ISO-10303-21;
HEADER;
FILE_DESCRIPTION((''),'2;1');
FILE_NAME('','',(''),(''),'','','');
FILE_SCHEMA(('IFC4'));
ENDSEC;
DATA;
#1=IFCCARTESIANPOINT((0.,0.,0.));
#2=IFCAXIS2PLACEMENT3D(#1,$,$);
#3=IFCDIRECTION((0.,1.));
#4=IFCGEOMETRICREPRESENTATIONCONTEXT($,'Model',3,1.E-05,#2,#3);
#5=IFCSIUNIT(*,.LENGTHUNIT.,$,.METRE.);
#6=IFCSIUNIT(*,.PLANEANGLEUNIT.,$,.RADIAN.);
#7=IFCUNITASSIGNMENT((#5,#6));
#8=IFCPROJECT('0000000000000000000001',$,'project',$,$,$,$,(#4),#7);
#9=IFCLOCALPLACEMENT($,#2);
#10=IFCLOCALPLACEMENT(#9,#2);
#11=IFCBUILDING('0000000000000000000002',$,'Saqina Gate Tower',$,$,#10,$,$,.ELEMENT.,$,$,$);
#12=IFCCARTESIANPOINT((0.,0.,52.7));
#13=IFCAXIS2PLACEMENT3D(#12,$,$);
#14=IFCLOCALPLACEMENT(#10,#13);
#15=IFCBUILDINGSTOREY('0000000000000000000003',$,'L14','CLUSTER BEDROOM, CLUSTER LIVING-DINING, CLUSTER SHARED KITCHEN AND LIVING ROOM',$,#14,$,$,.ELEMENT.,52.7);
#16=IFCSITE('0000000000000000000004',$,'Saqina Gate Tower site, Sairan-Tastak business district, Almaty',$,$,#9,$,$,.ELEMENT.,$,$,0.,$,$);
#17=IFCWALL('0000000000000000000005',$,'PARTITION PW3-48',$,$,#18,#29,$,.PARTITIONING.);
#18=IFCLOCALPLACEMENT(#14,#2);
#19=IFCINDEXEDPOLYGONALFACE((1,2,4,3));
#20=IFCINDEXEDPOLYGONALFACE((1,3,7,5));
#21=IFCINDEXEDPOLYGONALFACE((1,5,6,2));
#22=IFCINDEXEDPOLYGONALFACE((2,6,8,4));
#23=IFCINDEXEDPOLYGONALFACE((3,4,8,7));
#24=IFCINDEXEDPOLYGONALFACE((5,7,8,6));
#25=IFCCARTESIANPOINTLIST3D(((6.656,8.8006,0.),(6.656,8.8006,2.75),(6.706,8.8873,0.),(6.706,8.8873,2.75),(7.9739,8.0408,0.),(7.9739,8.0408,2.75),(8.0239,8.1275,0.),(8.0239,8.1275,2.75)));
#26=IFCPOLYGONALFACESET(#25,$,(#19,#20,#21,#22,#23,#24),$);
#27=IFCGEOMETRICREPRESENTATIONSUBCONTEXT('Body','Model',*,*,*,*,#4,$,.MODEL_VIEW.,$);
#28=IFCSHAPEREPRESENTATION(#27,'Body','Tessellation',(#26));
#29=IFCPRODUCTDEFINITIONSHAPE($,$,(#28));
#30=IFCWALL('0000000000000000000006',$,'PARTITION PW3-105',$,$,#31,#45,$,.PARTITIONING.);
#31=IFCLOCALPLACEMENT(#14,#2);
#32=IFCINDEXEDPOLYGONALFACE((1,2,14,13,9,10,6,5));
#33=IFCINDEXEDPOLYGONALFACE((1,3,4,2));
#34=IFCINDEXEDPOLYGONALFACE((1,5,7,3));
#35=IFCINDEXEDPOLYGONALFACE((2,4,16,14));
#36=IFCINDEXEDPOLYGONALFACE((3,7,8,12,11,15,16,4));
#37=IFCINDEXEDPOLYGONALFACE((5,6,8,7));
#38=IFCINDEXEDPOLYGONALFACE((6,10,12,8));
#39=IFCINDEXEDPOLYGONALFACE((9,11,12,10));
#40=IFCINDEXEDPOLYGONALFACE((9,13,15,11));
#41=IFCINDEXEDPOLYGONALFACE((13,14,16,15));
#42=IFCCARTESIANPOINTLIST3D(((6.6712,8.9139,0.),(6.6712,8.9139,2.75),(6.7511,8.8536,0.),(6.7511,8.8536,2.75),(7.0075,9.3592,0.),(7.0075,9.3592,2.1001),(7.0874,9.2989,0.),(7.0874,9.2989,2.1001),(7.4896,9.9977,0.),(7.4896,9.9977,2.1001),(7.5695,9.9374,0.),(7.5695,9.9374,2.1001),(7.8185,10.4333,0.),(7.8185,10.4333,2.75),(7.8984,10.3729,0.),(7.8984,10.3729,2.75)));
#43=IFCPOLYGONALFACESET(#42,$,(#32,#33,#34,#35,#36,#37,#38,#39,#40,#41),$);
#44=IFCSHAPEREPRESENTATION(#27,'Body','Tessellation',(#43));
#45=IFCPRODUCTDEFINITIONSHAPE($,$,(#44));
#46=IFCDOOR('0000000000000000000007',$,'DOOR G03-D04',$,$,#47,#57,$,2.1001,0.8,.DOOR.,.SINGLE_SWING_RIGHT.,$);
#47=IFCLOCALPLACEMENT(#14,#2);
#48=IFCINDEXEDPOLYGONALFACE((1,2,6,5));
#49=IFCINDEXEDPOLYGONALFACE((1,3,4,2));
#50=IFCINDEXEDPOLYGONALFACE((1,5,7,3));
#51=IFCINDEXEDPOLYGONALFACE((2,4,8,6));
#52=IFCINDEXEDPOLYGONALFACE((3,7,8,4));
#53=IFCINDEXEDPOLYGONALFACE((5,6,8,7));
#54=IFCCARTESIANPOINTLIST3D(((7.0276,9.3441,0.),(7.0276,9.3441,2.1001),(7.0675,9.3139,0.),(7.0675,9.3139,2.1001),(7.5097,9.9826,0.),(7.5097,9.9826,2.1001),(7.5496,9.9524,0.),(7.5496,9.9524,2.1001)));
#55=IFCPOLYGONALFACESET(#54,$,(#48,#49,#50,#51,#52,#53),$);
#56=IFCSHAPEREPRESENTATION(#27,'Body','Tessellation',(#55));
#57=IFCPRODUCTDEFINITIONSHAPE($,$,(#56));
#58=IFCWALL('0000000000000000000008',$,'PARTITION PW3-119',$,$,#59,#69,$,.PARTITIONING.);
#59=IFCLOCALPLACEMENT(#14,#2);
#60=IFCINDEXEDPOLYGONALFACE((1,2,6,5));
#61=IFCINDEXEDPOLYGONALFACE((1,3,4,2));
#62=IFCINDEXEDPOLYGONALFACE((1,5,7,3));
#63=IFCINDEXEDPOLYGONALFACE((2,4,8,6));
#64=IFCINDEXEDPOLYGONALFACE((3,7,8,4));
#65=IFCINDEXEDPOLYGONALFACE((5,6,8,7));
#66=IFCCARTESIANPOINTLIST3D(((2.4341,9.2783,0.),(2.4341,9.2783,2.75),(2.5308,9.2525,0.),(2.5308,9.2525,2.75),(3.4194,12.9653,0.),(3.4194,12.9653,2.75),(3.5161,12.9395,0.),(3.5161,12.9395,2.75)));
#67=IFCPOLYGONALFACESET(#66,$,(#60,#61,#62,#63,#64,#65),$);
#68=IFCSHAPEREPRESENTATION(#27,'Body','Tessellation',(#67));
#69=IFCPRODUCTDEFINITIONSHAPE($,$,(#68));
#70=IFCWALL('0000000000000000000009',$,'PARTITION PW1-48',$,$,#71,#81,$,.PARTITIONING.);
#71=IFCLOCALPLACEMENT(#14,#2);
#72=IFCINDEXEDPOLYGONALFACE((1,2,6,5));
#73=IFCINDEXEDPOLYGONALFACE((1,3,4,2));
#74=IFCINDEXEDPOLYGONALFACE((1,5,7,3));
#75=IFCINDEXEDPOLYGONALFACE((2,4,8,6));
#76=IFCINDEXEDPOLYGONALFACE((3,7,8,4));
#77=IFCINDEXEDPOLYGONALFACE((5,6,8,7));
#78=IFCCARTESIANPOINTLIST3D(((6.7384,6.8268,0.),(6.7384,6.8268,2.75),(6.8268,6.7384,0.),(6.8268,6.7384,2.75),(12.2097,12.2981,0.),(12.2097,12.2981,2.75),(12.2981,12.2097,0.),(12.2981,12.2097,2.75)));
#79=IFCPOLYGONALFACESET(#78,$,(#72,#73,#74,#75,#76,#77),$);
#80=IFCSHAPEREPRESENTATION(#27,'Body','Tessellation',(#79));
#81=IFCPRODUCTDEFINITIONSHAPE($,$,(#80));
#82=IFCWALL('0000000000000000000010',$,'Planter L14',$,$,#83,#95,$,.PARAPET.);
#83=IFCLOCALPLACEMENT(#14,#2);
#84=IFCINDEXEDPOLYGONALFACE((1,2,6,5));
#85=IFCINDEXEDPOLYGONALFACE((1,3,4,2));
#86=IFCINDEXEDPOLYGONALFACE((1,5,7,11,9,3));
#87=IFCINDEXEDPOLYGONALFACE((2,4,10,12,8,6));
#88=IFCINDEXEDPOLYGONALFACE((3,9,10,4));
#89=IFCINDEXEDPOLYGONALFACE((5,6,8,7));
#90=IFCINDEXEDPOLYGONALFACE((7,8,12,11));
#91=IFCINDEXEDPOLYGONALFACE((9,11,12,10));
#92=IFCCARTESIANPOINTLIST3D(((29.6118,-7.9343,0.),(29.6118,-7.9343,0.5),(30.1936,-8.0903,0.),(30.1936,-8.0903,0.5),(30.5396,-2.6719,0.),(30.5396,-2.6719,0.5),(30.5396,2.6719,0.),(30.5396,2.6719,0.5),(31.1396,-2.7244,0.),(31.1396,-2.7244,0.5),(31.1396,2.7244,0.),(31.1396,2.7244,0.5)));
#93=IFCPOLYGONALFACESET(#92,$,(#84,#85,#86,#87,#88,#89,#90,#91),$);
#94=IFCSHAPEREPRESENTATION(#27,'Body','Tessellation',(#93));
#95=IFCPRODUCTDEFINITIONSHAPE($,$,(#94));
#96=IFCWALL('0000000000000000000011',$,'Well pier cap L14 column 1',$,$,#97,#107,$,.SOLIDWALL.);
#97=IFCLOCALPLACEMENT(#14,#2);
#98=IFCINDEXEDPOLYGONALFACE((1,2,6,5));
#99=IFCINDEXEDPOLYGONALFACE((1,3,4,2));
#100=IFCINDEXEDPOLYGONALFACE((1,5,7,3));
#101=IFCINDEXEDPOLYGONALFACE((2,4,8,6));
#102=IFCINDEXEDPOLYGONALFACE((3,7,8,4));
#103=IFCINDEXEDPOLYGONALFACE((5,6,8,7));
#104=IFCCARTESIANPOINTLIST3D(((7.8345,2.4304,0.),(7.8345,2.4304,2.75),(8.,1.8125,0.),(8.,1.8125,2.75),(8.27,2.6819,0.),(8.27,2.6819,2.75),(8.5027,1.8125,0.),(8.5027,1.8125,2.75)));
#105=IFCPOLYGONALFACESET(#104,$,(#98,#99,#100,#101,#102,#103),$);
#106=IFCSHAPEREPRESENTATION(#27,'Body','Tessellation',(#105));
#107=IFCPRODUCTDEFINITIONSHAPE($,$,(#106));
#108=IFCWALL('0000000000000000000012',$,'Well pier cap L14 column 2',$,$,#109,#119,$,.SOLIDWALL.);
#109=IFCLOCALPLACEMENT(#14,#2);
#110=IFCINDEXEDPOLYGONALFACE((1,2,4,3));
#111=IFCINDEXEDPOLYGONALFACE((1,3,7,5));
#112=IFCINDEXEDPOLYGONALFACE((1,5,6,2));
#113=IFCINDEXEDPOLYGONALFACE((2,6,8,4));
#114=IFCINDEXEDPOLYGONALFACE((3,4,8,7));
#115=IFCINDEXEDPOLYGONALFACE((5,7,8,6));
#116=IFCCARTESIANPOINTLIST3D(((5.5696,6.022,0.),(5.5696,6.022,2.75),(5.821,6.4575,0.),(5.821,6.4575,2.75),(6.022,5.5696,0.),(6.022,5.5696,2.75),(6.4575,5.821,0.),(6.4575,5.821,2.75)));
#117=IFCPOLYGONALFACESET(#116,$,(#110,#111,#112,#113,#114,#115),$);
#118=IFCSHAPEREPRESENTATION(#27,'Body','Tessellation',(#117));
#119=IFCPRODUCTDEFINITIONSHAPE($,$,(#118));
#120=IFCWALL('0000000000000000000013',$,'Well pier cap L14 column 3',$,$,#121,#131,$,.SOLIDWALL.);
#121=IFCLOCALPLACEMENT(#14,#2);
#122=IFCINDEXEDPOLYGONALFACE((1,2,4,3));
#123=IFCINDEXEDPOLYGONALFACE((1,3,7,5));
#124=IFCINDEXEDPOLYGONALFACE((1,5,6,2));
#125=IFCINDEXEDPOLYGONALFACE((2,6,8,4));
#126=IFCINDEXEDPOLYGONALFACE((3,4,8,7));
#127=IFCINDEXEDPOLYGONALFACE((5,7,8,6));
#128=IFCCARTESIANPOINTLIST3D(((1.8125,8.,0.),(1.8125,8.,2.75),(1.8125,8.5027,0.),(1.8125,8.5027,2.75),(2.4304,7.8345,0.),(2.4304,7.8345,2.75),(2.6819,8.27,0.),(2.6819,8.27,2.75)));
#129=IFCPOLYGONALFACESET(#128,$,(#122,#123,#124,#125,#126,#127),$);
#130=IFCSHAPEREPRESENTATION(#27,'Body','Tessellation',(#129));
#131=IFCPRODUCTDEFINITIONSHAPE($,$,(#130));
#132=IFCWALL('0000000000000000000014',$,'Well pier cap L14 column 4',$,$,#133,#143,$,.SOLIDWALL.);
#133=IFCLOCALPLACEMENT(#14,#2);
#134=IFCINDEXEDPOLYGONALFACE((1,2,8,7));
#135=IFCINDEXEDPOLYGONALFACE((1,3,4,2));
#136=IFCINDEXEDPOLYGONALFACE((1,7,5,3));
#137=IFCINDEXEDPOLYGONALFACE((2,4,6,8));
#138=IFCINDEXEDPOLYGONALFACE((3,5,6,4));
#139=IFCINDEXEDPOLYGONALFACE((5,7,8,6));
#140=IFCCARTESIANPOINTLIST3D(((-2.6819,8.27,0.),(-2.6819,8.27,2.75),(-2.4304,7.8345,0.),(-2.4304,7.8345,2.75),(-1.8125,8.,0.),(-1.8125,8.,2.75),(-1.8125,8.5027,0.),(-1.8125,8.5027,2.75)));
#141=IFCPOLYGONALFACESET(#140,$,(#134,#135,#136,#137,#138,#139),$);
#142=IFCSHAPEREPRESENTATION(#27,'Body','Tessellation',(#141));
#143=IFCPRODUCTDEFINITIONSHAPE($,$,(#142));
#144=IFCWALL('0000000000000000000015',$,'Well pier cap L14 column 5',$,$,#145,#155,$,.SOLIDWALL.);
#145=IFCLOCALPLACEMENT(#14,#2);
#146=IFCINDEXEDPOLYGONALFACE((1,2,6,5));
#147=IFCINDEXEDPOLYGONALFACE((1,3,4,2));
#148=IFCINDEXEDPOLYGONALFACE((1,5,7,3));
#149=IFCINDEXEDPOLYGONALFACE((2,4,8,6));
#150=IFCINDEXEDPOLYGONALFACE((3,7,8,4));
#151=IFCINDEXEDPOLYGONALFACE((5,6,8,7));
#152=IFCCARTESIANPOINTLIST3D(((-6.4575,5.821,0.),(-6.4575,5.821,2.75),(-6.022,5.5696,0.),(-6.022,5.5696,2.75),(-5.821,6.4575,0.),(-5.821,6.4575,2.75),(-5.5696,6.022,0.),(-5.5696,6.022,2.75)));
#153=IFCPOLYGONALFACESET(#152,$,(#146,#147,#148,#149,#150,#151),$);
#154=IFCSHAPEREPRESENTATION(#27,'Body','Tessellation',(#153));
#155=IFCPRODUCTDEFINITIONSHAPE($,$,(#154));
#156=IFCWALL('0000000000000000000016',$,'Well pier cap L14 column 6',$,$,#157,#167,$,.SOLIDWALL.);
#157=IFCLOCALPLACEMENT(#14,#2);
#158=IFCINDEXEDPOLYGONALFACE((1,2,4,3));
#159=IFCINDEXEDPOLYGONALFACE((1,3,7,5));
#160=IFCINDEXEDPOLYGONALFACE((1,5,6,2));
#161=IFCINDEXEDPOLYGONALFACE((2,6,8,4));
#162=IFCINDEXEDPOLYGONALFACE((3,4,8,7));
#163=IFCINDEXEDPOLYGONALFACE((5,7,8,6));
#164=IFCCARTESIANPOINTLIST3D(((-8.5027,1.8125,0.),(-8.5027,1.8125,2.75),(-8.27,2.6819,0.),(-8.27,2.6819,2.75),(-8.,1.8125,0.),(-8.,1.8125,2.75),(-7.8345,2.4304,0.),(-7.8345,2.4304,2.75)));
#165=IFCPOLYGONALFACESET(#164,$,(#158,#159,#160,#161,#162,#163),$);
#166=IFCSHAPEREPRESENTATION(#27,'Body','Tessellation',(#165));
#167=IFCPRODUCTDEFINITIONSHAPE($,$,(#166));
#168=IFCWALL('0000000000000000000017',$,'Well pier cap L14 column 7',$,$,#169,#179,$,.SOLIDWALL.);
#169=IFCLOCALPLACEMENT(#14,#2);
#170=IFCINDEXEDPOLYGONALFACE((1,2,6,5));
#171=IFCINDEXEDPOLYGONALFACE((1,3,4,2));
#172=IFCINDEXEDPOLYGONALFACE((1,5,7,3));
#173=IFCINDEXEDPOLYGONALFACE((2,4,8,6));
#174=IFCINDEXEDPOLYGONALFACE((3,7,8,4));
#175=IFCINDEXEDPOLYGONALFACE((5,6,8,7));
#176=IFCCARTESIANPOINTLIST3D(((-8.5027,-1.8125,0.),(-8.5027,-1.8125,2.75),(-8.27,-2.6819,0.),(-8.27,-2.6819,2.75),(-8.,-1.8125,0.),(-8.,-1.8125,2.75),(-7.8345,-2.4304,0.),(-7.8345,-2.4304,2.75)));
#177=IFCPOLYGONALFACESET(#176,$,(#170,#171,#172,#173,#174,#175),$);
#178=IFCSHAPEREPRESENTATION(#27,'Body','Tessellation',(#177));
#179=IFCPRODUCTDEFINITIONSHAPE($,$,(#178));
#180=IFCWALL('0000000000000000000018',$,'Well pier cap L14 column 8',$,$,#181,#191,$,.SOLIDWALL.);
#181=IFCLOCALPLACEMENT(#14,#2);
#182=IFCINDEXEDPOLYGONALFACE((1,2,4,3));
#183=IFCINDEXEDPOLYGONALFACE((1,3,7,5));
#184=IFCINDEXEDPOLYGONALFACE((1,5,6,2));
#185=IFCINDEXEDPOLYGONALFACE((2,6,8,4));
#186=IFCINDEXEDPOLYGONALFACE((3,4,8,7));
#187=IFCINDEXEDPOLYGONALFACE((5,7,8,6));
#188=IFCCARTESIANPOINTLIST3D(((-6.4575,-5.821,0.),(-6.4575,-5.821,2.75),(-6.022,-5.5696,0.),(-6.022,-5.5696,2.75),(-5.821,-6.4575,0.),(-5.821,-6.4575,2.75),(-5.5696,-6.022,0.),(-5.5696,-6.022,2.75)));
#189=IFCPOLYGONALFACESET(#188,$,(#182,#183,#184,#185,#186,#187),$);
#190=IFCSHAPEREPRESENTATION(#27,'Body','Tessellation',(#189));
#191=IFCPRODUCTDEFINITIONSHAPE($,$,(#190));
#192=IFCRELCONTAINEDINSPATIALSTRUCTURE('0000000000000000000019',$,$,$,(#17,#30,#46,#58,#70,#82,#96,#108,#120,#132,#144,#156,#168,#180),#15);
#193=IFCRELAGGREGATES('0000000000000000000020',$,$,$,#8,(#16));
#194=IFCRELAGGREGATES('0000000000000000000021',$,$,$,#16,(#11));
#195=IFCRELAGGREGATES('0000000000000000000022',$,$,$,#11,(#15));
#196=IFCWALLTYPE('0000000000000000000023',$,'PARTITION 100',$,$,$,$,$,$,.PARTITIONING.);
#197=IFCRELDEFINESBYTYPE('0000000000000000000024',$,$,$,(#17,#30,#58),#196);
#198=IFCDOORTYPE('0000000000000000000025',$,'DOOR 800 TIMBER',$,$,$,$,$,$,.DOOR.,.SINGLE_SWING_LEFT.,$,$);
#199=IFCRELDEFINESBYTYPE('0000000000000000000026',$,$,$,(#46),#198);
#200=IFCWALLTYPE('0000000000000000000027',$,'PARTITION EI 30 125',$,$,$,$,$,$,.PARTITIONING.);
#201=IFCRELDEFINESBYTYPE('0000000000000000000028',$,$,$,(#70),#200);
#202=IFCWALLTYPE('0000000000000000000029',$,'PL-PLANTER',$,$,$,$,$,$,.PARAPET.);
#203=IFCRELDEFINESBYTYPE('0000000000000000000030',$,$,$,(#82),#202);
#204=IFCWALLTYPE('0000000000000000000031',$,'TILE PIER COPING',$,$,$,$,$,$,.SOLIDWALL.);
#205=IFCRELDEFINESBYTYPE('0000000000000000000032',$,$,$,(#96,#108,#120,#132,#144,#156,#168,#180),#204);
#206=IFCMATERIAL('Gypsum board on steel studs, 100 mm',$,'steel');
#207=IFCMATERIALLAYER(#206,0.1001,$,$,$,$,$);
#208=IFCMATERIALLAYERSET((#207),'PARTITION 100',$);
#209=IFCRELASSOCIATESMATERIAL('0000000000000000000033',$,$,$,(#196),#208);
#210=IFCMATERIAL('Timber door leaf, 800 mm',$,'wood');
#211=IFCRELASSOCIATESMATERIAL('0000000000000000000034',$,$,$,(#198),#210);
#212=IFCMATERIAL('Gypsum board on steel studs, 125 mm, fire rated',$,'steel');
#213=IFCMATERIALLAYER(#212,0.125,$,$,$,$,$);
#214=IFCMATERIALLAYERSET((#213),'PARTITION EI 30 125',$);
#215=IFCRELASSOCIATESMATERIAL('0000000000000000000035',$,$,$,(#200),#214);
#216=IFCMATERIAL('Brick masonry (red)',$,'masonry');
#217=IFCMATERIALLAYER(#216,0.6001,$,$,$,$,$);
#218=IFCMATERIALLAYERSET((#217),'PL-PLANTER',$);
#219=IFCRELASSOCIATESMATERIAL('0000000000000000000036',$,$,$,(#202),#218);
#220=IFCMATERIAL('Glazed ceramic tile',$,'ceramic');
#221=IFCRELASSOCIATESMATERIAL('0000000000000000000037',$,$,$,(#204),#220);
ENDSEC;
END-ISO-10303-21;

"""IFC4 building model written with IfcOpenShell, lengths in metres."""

from ifc_helpers import new_model, si_unit, direction, frame, frame_2d, origin, place, context, subcontext, project, spatial, polyline, rectangle, outline, extrude, material, layer, layer_set, type_object, element, fill, save


model = new_model("IFC4")

# Units and contexts
model_context = context("Model", 3, precision=1e-05, world=origin(), true_north=direction((0.0, 1.0)))
body_context = subcontext(model_context, "Body", "Model", "MODEL_VIEW")
ifc_project = project(units=[si_unit("LENGTHUNIT", "METRE"), si_unit("PLANEANGLEUNIT", "RADIAN")], contexts=[model_context])

# Site, building, storey
site_placement = place(None, origin())
site = spatial("IfcSite", under=ifc_project, at=site_placement, Name="Saqina Gate Tower site, Sairan-Tastak business district, Almaty", CompositionType="ELEMENT", RefElevation=0.0)
building_placement = place(site_placement, origin())
building = spatial("IfcBuilding", under=site, at=building_placement, Name="Saqina Gate Tower", CompositionType="ELEMENT")
storey_placement = place(building_placement, frame((0.0, 0.0, 52.7)))
storey = spatial("IfcBuildingStorey", under=building, at=storey_placement, Name="L14", Description="CLUSTER BEDROOM, CLUSTER LIVING-DINING, CLUSTER SHARED KITCHEN AND LIVING ROOM", CompositionType="ELEMENT", Elevation=52.7)

# Wall
ifc_material_1 = material(Name="Gypsum board on steel studs, 100 mm", Category="steel")
ifc_layer_1 = layer(ifc_material_1, 0.1001)
ifc_layer_set_1 = layer_set([ifc_layer_1], Name="PARTITION 100")
wall_type_1 = type_object("IfcWallType", Name="PARTITION 100", PredefinedType="PARTITIONING", material=ifc_layer_set_1)
wall_1_placement = place(storey_placement, frame((6.6809, 8.844, 0.0), z_axis=(0.0, 0.0, 1.0), x_axis=(0.866341, -0.499454, 0.0)))
element("IfcWall", 1, at=wall_1_placement, inside=storey, type_object=wall_type_1, Name="PARTITION PW3-48", PredefinedType="PARTITIONING", context=body_context, shape_type="SweptSolid", body=[
    extrude(rectangle(XDim=1.5212, YDim=0.1001, at=frame_2d((0.7607, 0.0))), origin(), (0.0, 0.0, 1.0), 2.75),
])

# Wall, opening, door
wall_2_placement = place(storey_placement, frame((6.7112, 8.8838, 0.0), z_axis=(0.0, 0.0, 1.0), x_axis=(0.602603, 0.798041, 0.0)))
wall_2 = element("IfcWall", 2, at=wall_2_placement, inside=storey, type_object=wall_type_1, Name="PARTITION PW3-105", PredefinedType="PARTITIONING", context=body_context, shape_type="SweptSolid", body=[
    extrude(rectangle(XDim=1.9038, YDim=0.1001, at=frame_2d((0.9519, 0.0))), origin(), (0.0, 0.0, 1.0), 2.75),
])
opening_1_placement = place(wall_2_placement, frame((0.5581, 0.0, 0.0)))
opening_1 = element("IfcOpeningElement", 3, at=opening_1_placement, cuts=wall_2, PredefinedType="OPENING", context=body_context, shape_type="SweptSolid", body=[
    extrude(rectangle(XDim=0.8, YDim=2.1001, at=frame_2d((0.3999, 1.05))), frame((0.0, 0.062, 0.0), z_axis=(0.0, -1.0, 0.0), x_axis=(1.0, 0.0, 0.0)), (0.0, 0.0, 1.0), 0.124),
])
ifc_material_2 = material(Name="Timber door leaf, 800 mm", Category="wood")
door_type = type_object("IfcDoorType", Name="DOOR 800 TIMBER", OperationType="SINGLE_SWING_LEFT", PredefinedType="DOOR", material=ifc_material_2)
door_placement = place(opening_1_placement, origin())
door = element("IfcDoor", 4, at=door_placement, inside=storey, type_object=door_type, Name="DOOR G03-D04", OperationType="SINGLE_SWING_RIGHT", OverallHeight=2.1001, OverallWidth=0.8, PredefinedType="DOOR", context=body_context, shape_type="SweptSolid", body=[
    extrude(rectangle(XDim=0.8, YDim=2.1001, at=frame_2d((0.3999, 1.05))), frame((0.0, 0.0249, 0.0), z_axis=(0.0, -1.0, 0.0), x_axis=(1.0, 0.0, 0.0)), (0.0, 0.0, 1.0), 0.05),
])
fill(opening_1, door)

# Walls
wall_3_placement = place(storey_placement, frame((2.4824, 9.2654, 0.0), z_axis=(0.0, 0.0, 1.0), x_axis=(0.258188, 0.966095, 0.0)))
element("IfcWall", 5, at=wall_3_placement, inside=storey, type_object=wall_type_1, Name="PARTITION PW3-119", PredefinedType="PARTITIONING", context=body_context, shape_type="SweptSolid", body=[
    extrude(rectangle(XDim=3.8164, YDim=0.1001, at=frame_2d((1.9082, 0.0))), origin(), (0.0, 0.0, 1.0), 2.75),
])
ifc_material_3 = material(Name="Gypsum board on steel studs, 125 mm, fire rated", Category="steel")
ifc_layer_2 = layer(ifc_material_3, 0.125)
ifc_layer_set_2 = layer_set([ifc_layer_2], Name="PARTITION EI 30 125")
wall_type_2 = type_object("IfcWallType", Name="PARTITION EI 30 125", PredefinedType="PARTITIONING", material=ifc_layer_set_2)
wall_4_placement = place(storey_placement, frame((6.7827, 6.7827, 0.0), z_axis=(0.0, 0.0, 1.0), x_axis=(0.707107, 0.707107, 0.0)))
element("IfcWall", 6, at=wall_4_placement, inside=storey, type_object=wall_type_2, Name="PARTITION PW1-48", PredefinedType="PARTITIONING", context=body_context, shape_type="SweptSolid", body=[
    extrude(rectangle(XDim=7.7375, YDim=0.125, at=frame_2d((3.8687, 0.0))), origin(), (0.0, 0.0, 1.0), 2.75),
])
ifc_material_4 = material(Name="Brick masonry (red)", Category="masonry")
ifc_layer_3 = layer(ifc_material_4, 0.6001)
ifc_layer_set_3 = layer_set([ifc_layer_3], Name="PL-PLANTER")
wall_type_3 = type_object("IfcWallType", Name="PL-PLANTER", PredefinedType="PARAPET", material=ifc_layer_set_3)
wall_5_placement = place(storey_placement, origin())
element("IfcWall", 7, at=wall_5_placement, inside=storey, type_object=wall_type_3, Name="Planter L14", PredefinedType="PARAPET", context=body_context, shape_type="SweptSolid", body=[
    extrude(outline(polyline([(30.1936, -8.0903), (31.1396, -2.7244), (31.1396, 2.7244), (30.5396, 2.6719), (30.5396, -2.6719), (29.6118, -7.9343), (30.1936, -8.0903)])), origin(), (0.0, 0.0, 1.0), 0.5),
])
ifc_material_5 = material(Name="Glazed ceramic tile", Category="ceramic")
wall_type_4 = type_object("IfcWallType", Name="TILE PIER COPING", PredefinedType="SOLIDWALL", material=ifc_material_5)
wall_6_placement = place(storey_placement, origin())
element("IfcWall", 8, at=wall_6_placement, inside=storey, type_object=wall_type_4, Name="Well pier cap L14 column 1", PredefinedType="SOLIDWALL", context=body_context, shape_type="SweptSolid", body=[
    extrude(outline(polyline([(8.27, 2.6819), (7.8345, 2.4304), (8.0, 1.8125), (8.5027, 1.8125), (8.27, 2.6819)])), origin(), (0.0, 0.0, 1.0), 2.75),
])
wall_7_placement = place(storey_placement, origin())
element("IfcWall", 9, at=wall_7_placement, inside=storey, type_object=wall_type_4, Name="Well pier cap L14 column 2", PredefinedType="SOLIDWALL", context=body_context, shape_type="SweptSolid", body=[
    extrude(outline(polyline([(5.821, 6.4575), (5.5696, 6.022), (6.022, 5.5696), (6.4575, 5.821), (5.821, 6.4575)])), origin(), (0.0, 0.0, 1.0), 2.75),
])
wall_8_placement = place(storey_placement, origin())
element("IfcWall", 10, at=wall_8_placement, inside=storey, type_object=wall_type_4, Name="Well pier cap L14 column 3", PredefinedType="SOLIDWALL", context=body_context, shape_type="SweptSolid", body=[
    extrude(outline(polyline([(1.8125, 8.5027), (1.8125, 8.0), (2.4304, 7.8345), (2.6819, 8.27), (1.8125, 8.5027)])), origin(), (0.0, 0.0, 1.0), 2.75),
])
wall_9_placement = place(storey_placement, origin())
element("IfcWall", 11, at=wall_9_placement, inside=storey, type_object=wall_type_4, Name="Well pier cap L14 column 4", PredefinedType="SOLIDWALL", context=body_context, shape_type="SweptSolid", body=[
    extrude(outline(polyline([(-2.6819, 8.27), (-2.4304, 7.8345), (-1.8125, 8.0), (-1.8125, 8.5027), (-2.6819, 8.27)])), origin(), (0.0, 0.0, 1.0), 2.75),
])
wall_10_placement = place(storey_placement, origin())
element("IfcWall", 12, at=wall_10_placement, inside=storey, type_object=wall_type_4, Name="Well pier cap L14 column 5", PredefinedType="SOLIDWALL", context=body_context, shape_type="SweptSolid", body=[
    extrude(outline(polyline([(-6.4575, 5.821), (-6.022, 5.5696), (-5.5696, 6.022), (-5.821, 6.4575), (-6.4575, 5.821)])), origin(), (0.0, 0.0, 1.0), 2.75),
])
wall_11_placement = place(storey_placement, origin())
element("IfcWall", 13, at=wall_11_placement, inside=storey, type_object=wall_type_4, Name="Well pier cap L14 column 6", PredefinedType="SOLIDWALL", context=body_context, shape_type="SweptSolid", body=[
    extrude(outline(polyline([(-8.5027, 1.8125), (-8.0, 1.8125), (-7.8345, 2.4304), (-8.27, 2.6819), (-8.5027, 1.8125)])), origin(), (0.0, 0.0, 1.0), 2.75),
])
wall_12_placement = place(storey_placement, origin())
element("IfcWall", 14, at=wall_12_placement, inside=storey, type_object=wall_type_4, Name="Well pier cap L14 column 7", PredefinedType="SOLIDWALL", context=body_context, shape_type="SweptSolid", body=[
    extrude(outline(polyline([(-8.27, -2.6819), (-7.8345, -2.4304), (-8.0, -1.8125), (-8.5027, -1.8125), (-8.27, -2.6819)])), origin(), (0.0, 0.0, 1.0), 2.75),
])
wall_13_placement = place(storey_placement, origin())
element("IfcWall", 15, at=wall_13_placement, inside=storey, type_object=wall_type_4, Name="Well pier cap L14 column 8", PredefinedType="SOLIDWALL", context=body_context, shape_type="SweptSolid", body=[
    extrude(outline(polyline([(-6.4575, -5.821), (-5.821, -6.4575), (-5.5696, -6.022), (-6.022, -5.5696), (-6.4575, -5.821)])), origin(), (0.0, 0.0, 1.0), 2.75),
])

save(model, "model.ifc")
